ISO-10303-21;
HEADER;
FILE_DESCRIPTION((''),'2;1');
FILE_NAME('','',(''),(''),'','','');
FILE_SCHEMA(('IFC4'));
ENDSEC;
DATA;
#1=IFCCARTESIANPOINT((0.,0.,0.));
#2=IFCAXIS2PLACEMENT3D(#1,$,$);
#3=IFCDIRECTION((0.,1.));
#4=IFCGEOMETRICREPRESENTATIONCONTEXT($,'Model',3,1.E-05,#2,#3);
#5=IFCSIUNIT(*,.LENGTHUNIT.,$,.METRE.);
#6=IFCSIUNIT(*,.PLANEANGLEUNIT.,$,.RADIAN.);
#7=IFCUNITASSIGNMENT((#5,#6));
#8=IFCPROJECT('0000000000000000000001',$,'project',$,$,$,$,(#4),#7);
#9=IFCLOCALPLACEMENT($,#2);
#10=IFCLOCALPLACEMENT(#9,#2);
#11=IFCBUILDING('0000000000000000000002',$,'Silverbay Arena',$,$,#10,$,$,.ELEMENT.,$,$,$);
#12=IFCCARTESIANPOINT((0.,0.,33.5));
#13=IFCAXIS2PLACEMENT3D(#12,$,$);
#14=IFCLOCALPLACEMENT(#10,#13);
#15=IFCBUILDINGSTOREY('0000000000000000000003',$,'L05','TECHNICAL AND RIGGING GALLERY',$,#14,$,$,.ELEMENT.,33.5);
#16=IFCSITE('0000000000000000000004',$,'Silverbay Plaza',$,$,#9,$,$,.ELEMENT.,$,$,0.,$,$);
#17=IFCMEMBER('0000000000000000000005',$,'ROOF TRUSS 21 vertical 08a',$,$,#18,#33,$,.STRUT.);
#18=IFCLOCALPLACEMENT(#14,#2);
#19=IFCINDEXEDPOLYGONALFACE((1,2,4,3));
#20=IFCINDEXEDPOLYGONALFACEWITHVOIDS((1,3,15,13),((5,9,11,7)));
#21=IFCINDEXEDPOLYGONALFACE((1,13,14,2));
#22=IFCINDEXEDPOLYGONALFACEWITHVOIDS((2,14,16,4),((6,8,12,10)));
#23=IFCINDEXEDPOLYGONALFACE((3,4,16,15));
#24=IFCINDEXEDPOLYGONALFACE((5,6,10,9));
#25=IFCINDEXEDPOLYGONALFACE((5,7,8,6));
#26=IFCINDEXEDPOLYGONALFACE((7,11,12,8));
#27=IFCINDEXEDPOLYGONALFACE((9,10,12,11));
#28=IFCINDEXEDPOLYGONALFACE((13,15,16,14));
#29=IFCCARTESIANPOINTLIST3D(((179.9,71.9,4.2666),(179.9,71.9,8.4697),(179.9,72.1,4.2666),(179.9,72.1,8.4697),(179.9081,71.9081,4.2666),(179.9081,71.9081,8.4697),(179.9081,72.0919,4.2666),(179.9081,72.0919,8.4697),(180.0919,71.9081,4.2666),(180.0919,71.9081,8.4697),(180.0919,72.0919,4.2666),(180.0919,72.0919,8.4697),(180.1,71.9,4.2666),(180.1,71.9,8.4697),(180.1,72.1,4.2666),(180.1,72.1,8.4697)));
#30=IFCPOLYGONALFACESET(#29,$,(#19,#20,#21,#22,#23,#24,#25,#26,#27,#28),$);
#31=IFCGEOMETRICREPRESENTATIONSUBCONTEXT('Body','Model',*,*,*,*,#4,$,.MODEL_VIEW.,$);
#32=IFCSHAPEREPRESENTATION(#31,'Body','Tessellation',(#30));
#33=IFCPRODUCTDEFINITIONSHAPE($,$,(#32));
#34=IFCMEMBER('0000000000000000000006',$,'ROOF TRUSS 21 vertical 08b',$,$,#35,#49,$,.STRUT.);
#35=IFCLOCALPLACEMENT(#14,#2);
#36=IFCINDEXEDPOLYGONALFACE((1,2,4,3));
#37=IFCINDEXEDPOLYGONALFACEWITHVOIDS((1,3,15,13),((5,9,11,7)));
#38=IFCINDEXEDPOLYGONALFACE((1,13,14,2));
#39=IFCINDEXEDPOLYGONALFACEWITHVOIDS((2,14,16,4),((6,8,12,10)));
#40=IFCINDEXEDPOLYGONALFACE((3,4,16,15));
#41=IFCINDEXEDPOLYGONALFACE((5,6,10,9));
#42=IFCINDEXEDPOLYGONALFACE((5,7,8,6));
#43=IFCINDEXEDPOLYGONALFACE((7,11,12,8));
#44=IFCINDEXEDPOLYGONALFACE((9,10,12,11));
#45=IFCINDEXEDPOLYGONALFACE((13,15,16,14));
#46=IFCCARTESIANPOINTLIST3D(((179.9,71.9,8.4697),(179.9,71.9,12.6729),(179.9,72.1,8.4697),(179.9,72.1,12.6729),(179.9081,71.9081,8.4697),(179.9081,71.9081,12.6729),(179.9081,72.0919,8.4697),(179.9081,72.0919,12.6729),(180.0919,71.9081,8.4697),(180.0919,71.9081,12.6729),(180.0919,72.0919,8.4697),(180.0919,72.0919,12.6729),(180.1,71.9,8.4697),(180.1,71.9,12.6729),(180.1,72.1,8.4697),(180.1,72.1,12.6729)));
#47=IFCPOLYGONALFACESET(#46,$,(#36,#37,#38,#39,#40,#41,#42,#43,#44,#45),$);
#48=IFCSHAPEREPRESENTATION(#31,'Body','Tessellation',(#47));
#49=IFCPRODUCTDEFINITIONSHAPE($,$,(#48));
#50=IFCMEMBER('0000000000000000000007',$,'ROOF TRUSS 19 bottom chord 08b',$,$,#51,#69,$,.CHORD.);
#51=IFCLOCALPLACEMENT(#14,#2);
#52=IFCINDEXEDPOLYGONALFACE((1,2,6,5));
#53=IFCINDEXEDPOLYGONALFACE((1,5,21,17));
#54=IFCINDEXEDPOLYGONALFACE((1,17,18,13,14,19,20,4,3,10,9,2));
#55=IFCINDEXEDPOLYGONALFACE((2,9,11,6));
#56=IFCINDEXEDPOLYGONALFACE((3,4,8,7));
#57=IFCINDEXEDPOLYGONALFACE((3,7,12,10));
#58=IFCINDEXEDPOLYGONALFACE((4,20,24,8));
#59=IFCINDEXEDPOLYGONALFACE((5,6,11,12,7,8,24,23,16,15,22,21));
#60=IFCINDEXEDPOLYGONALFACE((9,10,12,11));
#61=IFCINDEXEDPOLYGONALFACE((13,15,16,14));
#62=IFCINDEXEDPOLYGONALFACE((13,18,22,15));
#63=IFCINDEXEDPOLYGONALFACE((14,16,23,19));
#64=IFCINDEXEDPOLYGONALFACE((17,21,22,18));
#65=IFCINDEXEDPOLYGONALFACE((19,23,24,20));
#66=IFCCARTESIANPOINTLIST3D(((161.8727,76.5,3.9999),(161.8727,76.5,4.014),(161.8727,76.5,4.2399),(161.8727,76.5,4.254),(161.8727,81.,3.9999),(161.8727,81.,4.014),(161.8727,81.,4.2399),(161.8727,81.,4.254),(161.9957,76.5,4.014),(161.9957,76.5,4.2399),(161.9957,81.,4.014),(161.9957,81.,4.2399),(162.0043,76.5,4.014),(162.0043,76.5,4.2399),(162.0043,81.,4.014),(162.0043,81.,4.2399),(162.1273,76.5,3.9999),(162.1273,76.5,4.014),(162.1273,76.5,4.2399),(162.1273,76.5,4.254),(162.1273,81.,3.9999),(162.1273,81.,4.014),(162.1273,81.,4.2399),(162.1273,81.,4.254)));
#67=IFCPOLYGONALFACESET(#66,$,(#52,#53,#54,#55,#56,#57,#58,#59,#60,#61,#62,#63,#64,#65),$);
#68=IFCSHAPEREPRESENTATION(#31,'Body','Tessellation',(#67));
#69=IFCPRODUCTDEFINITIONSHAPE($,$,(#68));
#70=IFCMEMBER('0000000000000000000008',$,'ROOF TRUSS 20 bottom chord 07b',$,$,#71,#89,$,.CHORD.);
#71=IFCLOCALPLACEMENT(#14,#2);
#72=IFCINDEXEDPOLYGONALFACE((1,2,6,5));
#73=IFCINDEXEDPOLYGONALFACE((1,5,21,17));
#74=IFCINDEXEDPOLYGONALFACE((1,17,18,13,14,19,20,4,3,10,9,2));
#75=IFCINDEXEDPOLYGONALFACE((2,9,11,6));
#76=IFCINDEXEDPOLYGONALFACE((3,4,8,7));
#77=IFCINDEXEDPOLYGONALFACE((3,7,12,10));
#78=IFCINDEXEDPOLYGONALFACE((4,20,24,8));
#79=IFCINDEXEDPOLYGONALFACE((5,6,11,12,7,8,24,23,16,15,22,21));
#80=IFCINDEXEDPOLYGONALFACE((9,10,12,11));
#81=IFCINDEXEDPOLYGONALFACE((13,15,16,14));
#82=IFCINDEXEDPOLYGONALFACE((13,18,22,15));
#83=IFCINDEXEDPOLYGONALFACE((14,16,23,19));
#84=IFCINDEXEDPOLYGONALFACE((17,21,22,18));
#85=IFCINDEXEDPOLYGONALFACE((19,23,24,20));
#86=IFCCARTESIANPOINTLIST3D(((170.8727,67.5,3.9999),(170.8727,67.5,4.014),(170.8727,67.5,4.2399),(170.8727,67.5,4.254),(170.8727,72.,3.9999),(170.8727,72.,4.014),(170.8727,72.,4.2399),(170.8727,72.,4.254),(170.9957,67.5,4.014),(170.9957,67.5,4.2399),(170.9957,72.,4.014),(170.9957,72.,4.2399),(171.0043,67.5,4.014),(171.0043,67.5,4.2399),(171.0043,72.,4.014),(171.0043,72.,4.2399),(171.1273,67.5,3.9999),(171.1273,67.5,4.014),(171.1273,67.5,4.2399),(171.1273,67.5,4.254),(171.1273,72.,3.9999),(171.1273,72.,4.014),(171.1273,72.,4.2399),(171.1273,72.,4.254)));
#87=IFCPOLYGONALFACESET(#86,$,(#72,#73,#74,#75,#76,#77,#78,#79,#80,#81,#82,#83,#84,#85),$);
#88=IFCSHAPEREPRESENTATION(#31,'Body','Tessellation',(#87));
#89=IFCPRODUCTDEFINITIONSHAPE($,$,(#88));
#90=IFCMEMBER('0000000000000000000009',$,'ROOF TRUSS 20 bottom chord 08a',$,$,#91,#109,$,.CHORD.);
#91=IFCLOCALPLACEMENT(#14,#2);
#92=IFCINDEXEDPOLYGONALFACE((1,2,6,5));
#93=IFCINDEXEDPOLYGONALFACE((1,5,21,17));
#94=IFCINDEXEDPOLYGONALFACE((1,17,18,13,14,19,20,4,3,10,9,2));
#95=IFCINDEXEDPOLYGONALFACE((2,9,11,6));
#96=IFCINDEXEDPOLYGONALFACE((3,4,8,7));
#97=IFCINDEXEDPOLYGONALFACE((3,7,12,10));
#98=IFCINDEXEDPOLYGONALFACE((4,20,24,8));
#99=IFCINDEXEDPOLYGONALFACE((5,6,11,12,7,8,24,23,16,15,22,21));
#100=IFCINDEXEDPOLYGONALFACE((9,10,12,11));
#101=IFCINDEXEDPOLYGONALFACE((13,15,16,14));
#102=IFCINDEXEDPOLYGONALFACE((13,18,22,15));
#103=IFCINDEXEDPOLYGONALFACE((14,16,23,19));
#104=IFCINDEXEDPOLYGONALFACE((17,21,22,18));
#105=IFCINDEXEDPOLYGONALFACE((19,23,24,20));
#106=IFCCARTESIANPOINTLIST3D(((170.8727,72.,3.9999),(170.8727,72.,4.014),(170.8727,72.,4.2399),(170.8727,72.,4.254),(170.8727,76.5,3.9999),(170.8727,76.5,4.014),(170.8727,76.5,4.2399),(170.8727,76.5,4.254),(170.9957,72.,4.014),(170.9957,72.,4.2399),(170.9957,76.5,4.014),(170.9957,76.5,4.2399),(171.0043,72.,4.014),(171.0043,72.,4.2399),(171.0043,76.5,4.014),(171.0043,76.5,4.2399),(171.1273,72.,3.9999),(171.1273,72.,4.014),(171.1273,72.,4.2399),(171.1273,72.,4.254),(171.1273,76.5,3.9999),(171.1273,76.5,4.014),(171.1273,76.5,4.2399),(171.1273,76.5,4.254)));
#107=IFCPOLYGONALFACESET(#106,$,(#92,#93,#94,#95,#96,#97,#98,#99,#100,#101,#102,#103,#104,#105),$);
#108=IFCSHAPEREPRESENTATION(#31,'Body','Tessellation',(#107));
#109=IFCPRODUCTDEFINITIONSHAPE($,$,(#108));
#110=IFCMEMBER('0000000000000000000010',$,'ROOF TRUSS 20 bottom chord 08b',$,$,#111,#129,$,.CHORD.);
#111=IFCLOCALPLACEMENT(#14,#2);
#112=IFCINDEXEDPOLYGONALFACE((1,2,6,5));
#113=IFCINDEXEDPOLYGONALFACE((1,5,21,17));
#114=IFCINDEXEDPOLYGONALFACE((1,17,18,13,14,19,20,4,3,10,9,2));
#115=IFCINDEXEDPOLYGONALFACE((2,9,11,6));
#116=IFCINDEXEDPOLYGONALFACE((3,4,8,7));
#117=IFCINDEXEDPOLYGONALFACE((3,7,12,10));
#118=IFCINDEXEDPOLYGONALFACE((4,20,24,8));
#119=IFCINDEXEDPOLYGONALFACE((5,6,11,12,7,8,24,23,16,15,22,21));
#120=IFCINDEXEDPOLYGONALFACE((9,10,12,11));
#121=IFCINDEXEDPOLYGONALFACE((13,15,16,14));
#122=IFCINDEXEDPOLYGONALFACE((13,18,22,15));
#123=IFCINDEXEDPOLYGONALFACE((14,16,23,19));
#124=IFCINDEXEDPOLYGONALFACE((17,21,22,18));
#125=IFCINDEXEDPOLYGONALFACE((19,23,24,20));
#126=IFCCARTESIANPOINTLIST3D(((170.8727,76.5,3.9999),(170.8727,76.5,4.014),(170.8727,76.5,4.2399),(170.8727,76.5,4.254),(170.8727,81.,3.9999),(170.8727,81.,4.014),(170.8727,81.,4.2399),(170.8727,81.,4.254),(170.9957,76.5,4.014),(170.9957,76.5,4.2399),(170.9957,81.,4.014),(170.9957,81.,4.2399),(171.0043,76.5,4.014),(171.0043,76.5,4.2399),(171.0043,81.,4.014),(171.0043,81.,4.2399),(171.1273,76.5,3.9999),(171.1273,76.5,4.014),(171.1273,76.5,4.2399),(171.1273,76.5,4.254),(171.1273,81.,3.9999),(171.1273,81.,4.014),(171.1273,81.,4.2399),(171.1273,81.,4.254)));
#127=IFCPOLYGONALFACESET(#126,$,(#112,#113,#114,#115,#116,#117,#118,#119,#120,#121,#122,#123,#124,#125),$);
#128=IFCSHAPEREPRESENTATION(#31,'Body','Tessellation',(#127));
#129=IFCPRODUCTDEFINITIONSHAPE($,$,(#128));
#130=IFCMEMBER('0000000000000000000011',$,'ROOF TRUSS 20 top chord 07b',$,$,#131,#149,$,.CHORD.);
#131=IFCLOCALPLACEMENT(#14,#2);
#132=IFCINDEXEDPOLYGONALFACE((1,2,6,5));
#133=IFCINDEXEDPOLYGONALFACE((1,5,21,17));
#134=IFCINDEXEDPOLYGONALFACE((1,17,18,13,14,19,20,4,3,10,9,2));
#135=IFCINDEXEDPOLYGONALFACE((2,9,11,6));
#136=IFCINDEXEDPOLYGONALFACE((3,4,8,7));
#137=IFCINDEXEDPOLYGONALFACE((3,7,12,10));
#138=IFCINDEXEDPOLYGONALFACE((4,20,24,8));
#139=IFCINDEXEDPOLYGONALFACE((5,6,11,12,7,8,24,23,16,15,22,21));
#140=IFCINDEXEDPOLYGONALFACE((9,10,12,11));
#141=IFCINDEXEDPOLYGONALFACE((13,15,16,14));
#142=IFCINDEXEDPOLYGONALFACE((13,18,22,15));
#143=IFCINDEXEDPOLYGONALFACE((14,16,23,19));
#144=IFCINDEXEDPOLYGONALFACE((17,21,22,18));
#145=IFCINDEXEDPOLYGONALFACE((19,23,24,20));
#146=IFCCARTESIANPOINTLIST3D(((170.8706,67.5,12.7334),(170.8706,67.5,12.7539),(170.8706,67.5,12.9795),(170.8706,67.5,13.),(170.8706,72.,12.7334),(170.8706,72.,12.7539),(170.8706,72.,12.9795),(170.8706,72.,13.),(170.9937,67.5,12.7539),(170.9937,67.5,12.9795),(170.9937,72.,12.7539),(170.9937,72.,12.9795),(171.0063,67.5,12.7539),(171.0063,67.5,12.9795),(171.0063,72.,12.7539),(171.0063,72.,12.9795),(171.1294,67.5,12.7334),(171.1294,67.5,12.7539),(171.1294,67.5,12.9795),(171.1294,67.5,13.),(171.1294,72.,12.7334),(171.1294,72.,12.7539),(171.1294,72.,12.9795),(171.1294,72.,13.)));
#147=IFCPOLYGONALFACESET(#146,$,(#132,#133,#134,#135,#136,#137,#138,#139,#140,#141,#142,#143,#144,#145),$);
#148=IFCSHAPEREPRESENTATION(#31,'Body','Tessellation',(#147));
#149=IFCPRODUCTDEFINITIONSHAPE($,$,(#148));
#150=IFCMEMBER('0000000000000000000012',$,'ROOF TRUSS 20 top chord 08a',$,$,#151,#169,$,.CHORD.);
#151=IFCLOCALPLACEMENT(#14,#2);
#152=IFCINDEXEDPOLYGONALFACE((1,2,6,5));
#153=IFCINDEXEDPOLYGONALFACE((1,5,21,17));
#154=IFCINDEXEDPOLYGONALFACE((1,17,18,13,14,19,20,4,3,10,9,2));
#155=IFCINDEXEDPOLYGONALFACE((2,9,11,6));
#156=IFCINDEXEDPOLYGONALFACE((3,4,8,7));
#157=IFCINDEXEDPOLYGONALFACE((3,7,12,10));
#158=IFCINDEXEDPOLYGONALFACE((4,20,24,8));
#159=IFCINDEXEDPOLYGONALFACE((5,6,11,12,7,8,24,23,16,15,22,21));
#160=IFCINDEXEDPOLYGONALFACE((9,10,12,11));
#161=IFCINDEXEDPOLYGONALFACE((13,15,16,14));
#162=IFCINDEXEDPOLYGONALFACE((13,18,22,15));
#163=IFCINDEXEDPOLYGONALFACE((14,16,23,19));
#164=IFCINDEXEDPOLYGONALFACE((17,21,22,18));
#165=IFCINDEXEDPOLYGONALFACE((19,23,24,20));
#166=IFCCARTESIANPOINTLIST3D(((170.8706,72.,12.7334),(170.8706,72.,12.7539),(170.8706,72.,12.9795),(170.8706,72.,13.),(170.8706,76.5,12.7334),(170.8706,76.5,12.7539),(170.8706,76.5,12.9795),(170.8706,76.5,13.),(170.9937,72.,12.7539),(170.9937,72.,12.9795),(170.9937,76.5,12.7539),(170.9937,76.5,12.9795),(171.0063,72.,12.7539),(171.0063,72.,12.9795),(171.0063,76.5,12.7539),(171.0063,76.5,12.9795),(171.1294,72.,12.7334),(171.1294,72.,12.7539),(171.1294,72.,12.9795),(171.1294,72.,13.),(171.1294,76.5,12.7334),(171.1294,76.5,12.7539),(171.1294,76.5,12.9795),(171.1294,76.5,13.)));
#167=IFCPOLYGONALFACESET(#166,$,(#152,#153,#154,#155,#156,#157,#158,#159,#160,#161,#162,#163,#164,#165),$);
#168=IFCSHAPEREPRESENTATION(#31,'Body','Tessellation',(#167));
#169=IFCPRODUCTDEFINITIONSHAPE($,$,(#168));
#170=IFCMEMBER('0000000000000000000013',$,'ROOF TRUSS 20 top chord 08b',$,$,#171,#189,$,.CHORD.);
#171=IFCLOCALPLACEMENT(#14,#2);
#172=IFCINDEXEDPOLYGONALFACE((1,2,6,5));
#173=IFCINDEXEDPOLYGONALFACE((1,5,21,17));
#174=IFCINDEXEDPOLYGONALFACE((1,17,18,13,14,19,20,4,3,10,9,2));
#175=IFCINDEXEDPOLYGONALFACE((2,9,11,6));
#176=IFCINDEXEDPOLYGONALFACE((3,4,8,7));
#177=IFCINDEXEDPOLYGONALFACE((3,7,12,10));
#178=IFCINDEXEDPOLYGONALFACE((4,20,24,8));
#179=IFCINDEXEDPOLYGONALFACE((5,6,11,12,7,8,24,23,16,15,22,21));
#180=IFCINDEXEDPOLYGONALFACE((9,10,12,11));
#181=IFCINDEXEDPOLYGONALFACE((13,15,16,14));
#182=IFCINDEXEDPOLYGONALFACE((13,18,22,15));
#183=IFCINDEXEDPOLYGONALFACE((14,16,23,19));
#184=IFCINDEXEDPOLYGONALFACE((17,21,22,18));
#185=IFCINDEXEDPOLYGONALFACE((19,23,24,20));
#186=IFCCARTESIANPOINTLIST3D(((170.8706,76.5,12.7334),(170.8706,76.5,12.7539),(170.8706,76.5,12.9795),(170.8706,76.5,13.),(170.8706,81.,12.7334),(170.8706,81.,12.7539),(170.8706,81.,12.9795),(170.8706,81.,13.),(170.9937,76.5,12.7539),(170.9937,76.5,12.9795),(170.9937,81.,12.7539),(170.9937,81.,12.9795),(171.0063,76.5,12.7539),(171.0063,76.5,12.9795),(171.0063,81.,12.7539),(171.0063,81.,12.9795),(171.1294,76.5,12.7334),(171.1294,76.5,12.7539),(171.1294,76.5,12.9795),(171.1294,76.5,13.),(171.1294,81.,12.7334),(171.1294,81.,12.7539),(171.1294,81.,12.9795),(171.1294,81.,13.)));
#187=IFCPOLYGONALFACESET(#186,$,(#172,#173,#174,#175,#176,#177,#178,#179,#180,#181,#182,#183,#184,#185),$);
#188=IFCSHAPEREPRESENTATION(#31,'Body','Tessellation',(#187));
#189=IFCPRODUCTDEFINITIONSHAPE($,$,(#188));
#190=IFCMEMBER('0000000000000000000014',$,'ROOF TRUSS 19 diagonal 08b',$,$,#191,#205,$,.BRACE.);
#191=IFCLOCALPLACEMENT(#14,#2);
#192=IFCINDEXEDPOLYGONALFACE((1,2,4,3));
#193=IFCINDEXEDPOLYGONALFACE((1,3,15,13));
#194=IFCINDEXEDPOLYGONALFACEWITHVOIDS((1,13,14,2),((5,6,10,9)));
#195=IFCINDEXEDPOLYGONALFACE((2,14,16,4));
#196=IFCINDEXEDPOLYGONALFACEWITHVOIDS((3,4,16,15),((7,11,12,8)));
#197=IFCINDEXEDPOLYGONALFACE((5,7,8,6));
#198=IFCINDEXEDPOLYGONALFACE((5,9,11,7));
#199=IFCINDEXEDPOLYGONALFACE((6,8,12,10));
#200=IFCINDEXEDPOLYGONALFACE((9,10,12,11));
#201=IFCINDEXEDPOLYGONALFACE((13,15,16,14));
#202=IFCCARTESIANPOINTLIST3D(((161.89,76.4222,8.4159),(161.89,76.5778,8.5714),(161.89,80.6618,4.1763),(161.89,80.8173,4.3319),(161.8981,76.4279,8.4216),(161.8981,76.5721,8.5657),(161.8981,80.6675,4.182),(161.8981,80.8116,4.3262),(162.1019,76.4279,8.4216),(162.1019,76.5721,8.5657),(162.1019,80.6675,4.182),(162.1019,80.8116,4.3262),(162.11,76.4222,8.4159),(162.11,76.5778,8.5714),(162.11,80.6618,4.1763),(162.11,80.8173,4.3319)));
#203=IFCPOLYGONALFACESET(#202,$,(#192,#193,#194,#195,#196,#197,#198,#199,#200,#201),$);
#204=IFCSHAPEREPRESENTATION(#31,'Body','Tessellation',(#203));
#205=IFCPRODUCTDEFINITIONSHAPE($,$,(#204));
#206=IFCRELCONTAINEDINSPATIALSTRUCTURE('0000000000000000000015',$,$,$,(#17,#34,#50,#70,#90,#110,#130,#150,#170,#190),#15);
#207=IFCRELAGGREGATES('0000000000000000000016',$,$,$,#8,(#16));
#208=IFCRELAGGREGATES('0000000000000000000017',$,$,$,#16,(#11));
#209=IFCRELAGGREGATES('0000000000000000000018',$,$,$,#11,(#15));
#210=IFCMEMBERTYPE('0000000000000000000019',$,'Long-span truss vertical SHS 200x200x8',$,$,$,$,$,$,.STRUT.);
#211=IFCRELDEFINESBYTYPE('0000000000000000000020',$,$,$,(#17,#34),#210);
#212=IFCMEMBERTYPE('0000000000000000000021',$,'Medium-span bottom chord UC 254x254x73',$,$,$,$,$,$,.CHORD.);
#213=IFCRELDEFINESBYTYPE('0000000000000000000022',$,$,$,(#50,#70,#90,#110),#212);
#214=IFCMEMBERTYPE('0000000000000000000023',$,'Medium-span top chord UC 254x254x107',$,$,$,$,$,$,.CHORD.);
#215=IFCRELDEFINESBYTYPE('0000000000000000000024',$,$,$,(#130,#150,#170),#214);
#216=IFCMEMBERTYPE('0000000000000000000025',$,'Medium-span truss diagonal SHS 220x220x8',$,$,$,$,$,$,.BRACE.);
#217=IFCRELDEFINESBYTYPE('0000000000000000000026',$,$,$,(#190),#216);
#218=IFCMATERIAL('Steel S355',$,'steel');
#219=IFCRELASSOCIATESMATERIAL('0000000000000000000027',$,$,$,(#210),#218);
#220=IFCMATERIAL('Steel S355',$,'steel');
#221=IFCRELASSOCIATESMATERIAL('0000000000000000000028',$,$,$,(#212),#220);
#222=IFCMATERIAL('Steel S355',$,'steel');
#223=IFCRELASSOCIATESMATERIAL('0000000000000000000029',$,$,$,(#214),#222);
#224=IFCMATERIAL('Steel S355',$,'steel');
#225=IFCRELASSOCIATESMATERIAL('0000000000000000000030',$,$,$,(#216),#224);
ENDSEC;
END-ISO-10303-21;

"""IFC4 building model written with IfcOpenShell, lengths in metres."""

from ifc_helpers import new_model, si_unit, direction, frame, origin, origin_2d, place, context, subcontext, project, spatial, hollow_rectangle, i_section, extrude, material, material_profile, profile_set, type_object, element, save


model = new_model("IFC4")

# Units and contexts
model_context = context("Model", 3, precision=1e-05, world=origin(), true_north=direction((0.0, 1.0)))
body_context = subcontext(model_context, "Body", "Model", "MODEL_VIEW")
ifc_project = project(units=[si_unit("LENGTHUNIT", "METRE"), si_unit("PLANEANGLEUNIT", "RADIAN")], contexts=[model_context])

# Site, building, storey
site_placement = place(None, origin())
site = spatial("IfcSite", under=ifc_project, at=site_placement, Name="Silverbay Plaza", CompositionType="ELEMENT", RefElevation=0.0)
building_placement = place(site_placement, origin())
building = spatial("IfcBuilding", under=site, at=building_placement, Name="Silverbay Arena", CompositionType="ELEMENT")
storey_placement = place(building_placement, frame((0.0, 0.0, 33.5)))
storey = spatial("IfcBuildingStorey", under=building, at=storey_placement, Name="L05", Description="TECHNICAL AND RIGGING GALLERY", CompositionType="ELEMENT", Elevation=33.5)

# Members
ifc_material_1 = material(Name="Steel S355", Category="steel")
ifc_material_profile_1 = material_profile(ifc_material_1, hollow_rectangle(XDim=0.2, YDim=0.2, WallThickness=0.0081, at=origin_2d()), Name="SHS 200x200x8")
ifc_profile_set_1 = profile_set([ifc_material_profile_1], Name="Steel S355")
member_type_1 = type_object("IfcMemberType", Name="Long-span truss vertical SHS 200x200x8", PredefinedType="STRUT", material=ifc_profile_set_1)
for number, where, z_axis, x_axis, name in (
    (1, (180.0, 72.0, 4.2666), (0.0, 0.0, 1.0), (1.0, 0.0, 0.0), "ROOF TRUSS 21 vertical 08a"),
    (2, (180.0, 72.0, 8.4697), (0.0, 0.0, 1.0), (1.0, 0.0, 0.0), "ROOF TRUSS 21 vertical 08b"),
):
    element("IfcMember", number, at=place(storey_placement, frame(where, z_axis=z_axis, x_axis=x_axis)), inside=storey, type_object=member_type_1, Name=name, PredefinedType="STRUT", context=body_context, shape_type="SweptSolid", body=[
        extrude(hollow_rectangle(XDim=0.2, YDim=0.2, WallThickness=0.0081, at=origin_2d()), origin(), (0.0, 0.0, 1.0), 4.2031),
    ])
ifc_material_2 = material(Name="Steel S355", Category="steel")
ifc_material_profile_2 = material_profile(ifc_material_2, i_section(OverallWidth=0.2546, OverallDepth=0.2542, WebThickness=0.0085, FlangeThickness=0.0142, at=origin_2d()), Name="UC 254x254x73")
ifc_profile_set_2 = profile_set([ifc_material_profile_2], Name="Steel S355")
member_type_2 = type_object("IfcMemberType", Name="Medium-span bottom chord UC 254x254x73", PredefinedType="CHORD", material=ifc_profile_set_2)
for number, where, z_axis, x_axis, name in (
    (3, (162.0, 76.5, 4.127), (0.0, 1.0, 0.0), (-1.0, 0.0, 0.0), "ROOF TRUSS 19 bottom chord 08b"),
    (4, (171.0, 67.5, 4.127), (0.0, 1.0, 0.0), (-1.0, 0.0, 0.0), "ROOF TRUSS 20 bottom chord 07b"),
    (5, (171.0, 72.0, 4.127), (0.0, 1.0, 0.0), (-1.0, 0.0, 0.0), "ROOF TRUSS 20 bottom chord 08a"),
    (6, (171.0, 76.5, 4.127), (0.0, 1.0, 0.0), (-1.0, 0.0, 0.0), "ROOF TRUSS 20 bottom chord 08b"),
):
    element("IfcMember", number, at=place(storey_placement, frame(where, z_axis=z_axis, x_axis=x_axis)), inside=storey, type_object=member_type_2, Name=name, PredefinedType="CHORD", context=body_context, shape_type="SweptSolid", body=[
        extrude(i_section(OverallWidth=0.2546, OverallDepth=0.2542, WebThickness=0.0085, FlangeThickness=0.0142, at=origin_2d()), origin(), (0.0, 0.0, 1.0), 4.5),
    ])
ifc_material_3 = material(Name="Steel S355", Category="steel")
ifc_material_profile_3 = material_profile(ifc_material_3, i_section(OverallWidth=0.2588, OverallDepth=0.2666, WebThickness=0.0127, FlangeThickness=0.0205, at=origin_2d()), Name="UC 254x254x107")
ifc_profile_set_3 = profile_set([ifc_material_profile_3], Name="Steel S355")
member_type_3 = type_object("IfcMemberType", Name="Medium-span top chord UC 254x254x107", PredefinedType="CHORD", material=ifc_profile_set_3)
for number, where, z_axis, x_axis, name in (
    (7, (171.0, 67.5, 12.8667), (0.0, 1.0, 0.0), (-1.0, 0.0, 0.0), "ROOF TRUSS 20 top chord 07b"),
    (8, (171.0, 72.0, 12.8667), (0.0, 1.0, 0.0), (-1.0, 0.0, 0.0), "ROOF TRUSS 20 top chord 08a"),
    (9, (171.0, 76.5, 12.8667), (0.0, 1.0, 0.0), (-1.0, 0.0, 0.0), "ROOF TRUSS 20 top chord 08b"),
):
    element("IfcMember", number, at=place(storey_placement, frame(where, z_axis=z_axis, x_axis=x_axis)), inside=storey, type_object=member_type_3, Name=name, PredefinedType="CHORD", context=body_context, shape_type="SweptSolid", body=[
        extrude(i_section(OverallWidth=0.2588, OverallDepth=0.2666, WebThickness=0.0127, FlangeThickness=0.0205, at=origin_2d()), origin(), (0.0, 0.0, 1.0), 4.5),
    ])
ifc_material_4 = material(Name="Steel S355", Category="steel")
ifc_material_profile_4 = material_profile(ifc_material_4, hollow_rectangle(XDim=0.22, YDim=0.22, WallThickness=0.0081, at=origin_2d()), Name="SHS 220x220x8")
ifc_profile_set_4 = profile_set([ifc_material_profile_4], Name="Steel S355")
member_type_4 = type_object("IfcMemberType", Name="Medium-span truss diagonal SHS 220x220x8", PredefinedType="BRACE", material=ifc_profile_set_4)
member_1_placement = place(storey_placement, frame((162.0, 76.5, 8.4937), z_axis=(0.0, 0.707107, -0.707107), x_axis=(-1.0, 0.0, 0.0)))
element("IfcMember", 10, at=member_1_placement, inside=storey, type_object=member_type_4, Name="ROOF TRUSS 19 diagonal 08b", PredefinedType="BRACE", context=body_context, shape_type="SweptSolid", body=[
    extrude(hollow_rectangle(XDim=0.22, YDim=0.22, WallThickness=0.0081, at=origin_2d()), origin(), (0.0, 0.0, 1.0), 5.9956),
])

save(model, "model.ifc")
